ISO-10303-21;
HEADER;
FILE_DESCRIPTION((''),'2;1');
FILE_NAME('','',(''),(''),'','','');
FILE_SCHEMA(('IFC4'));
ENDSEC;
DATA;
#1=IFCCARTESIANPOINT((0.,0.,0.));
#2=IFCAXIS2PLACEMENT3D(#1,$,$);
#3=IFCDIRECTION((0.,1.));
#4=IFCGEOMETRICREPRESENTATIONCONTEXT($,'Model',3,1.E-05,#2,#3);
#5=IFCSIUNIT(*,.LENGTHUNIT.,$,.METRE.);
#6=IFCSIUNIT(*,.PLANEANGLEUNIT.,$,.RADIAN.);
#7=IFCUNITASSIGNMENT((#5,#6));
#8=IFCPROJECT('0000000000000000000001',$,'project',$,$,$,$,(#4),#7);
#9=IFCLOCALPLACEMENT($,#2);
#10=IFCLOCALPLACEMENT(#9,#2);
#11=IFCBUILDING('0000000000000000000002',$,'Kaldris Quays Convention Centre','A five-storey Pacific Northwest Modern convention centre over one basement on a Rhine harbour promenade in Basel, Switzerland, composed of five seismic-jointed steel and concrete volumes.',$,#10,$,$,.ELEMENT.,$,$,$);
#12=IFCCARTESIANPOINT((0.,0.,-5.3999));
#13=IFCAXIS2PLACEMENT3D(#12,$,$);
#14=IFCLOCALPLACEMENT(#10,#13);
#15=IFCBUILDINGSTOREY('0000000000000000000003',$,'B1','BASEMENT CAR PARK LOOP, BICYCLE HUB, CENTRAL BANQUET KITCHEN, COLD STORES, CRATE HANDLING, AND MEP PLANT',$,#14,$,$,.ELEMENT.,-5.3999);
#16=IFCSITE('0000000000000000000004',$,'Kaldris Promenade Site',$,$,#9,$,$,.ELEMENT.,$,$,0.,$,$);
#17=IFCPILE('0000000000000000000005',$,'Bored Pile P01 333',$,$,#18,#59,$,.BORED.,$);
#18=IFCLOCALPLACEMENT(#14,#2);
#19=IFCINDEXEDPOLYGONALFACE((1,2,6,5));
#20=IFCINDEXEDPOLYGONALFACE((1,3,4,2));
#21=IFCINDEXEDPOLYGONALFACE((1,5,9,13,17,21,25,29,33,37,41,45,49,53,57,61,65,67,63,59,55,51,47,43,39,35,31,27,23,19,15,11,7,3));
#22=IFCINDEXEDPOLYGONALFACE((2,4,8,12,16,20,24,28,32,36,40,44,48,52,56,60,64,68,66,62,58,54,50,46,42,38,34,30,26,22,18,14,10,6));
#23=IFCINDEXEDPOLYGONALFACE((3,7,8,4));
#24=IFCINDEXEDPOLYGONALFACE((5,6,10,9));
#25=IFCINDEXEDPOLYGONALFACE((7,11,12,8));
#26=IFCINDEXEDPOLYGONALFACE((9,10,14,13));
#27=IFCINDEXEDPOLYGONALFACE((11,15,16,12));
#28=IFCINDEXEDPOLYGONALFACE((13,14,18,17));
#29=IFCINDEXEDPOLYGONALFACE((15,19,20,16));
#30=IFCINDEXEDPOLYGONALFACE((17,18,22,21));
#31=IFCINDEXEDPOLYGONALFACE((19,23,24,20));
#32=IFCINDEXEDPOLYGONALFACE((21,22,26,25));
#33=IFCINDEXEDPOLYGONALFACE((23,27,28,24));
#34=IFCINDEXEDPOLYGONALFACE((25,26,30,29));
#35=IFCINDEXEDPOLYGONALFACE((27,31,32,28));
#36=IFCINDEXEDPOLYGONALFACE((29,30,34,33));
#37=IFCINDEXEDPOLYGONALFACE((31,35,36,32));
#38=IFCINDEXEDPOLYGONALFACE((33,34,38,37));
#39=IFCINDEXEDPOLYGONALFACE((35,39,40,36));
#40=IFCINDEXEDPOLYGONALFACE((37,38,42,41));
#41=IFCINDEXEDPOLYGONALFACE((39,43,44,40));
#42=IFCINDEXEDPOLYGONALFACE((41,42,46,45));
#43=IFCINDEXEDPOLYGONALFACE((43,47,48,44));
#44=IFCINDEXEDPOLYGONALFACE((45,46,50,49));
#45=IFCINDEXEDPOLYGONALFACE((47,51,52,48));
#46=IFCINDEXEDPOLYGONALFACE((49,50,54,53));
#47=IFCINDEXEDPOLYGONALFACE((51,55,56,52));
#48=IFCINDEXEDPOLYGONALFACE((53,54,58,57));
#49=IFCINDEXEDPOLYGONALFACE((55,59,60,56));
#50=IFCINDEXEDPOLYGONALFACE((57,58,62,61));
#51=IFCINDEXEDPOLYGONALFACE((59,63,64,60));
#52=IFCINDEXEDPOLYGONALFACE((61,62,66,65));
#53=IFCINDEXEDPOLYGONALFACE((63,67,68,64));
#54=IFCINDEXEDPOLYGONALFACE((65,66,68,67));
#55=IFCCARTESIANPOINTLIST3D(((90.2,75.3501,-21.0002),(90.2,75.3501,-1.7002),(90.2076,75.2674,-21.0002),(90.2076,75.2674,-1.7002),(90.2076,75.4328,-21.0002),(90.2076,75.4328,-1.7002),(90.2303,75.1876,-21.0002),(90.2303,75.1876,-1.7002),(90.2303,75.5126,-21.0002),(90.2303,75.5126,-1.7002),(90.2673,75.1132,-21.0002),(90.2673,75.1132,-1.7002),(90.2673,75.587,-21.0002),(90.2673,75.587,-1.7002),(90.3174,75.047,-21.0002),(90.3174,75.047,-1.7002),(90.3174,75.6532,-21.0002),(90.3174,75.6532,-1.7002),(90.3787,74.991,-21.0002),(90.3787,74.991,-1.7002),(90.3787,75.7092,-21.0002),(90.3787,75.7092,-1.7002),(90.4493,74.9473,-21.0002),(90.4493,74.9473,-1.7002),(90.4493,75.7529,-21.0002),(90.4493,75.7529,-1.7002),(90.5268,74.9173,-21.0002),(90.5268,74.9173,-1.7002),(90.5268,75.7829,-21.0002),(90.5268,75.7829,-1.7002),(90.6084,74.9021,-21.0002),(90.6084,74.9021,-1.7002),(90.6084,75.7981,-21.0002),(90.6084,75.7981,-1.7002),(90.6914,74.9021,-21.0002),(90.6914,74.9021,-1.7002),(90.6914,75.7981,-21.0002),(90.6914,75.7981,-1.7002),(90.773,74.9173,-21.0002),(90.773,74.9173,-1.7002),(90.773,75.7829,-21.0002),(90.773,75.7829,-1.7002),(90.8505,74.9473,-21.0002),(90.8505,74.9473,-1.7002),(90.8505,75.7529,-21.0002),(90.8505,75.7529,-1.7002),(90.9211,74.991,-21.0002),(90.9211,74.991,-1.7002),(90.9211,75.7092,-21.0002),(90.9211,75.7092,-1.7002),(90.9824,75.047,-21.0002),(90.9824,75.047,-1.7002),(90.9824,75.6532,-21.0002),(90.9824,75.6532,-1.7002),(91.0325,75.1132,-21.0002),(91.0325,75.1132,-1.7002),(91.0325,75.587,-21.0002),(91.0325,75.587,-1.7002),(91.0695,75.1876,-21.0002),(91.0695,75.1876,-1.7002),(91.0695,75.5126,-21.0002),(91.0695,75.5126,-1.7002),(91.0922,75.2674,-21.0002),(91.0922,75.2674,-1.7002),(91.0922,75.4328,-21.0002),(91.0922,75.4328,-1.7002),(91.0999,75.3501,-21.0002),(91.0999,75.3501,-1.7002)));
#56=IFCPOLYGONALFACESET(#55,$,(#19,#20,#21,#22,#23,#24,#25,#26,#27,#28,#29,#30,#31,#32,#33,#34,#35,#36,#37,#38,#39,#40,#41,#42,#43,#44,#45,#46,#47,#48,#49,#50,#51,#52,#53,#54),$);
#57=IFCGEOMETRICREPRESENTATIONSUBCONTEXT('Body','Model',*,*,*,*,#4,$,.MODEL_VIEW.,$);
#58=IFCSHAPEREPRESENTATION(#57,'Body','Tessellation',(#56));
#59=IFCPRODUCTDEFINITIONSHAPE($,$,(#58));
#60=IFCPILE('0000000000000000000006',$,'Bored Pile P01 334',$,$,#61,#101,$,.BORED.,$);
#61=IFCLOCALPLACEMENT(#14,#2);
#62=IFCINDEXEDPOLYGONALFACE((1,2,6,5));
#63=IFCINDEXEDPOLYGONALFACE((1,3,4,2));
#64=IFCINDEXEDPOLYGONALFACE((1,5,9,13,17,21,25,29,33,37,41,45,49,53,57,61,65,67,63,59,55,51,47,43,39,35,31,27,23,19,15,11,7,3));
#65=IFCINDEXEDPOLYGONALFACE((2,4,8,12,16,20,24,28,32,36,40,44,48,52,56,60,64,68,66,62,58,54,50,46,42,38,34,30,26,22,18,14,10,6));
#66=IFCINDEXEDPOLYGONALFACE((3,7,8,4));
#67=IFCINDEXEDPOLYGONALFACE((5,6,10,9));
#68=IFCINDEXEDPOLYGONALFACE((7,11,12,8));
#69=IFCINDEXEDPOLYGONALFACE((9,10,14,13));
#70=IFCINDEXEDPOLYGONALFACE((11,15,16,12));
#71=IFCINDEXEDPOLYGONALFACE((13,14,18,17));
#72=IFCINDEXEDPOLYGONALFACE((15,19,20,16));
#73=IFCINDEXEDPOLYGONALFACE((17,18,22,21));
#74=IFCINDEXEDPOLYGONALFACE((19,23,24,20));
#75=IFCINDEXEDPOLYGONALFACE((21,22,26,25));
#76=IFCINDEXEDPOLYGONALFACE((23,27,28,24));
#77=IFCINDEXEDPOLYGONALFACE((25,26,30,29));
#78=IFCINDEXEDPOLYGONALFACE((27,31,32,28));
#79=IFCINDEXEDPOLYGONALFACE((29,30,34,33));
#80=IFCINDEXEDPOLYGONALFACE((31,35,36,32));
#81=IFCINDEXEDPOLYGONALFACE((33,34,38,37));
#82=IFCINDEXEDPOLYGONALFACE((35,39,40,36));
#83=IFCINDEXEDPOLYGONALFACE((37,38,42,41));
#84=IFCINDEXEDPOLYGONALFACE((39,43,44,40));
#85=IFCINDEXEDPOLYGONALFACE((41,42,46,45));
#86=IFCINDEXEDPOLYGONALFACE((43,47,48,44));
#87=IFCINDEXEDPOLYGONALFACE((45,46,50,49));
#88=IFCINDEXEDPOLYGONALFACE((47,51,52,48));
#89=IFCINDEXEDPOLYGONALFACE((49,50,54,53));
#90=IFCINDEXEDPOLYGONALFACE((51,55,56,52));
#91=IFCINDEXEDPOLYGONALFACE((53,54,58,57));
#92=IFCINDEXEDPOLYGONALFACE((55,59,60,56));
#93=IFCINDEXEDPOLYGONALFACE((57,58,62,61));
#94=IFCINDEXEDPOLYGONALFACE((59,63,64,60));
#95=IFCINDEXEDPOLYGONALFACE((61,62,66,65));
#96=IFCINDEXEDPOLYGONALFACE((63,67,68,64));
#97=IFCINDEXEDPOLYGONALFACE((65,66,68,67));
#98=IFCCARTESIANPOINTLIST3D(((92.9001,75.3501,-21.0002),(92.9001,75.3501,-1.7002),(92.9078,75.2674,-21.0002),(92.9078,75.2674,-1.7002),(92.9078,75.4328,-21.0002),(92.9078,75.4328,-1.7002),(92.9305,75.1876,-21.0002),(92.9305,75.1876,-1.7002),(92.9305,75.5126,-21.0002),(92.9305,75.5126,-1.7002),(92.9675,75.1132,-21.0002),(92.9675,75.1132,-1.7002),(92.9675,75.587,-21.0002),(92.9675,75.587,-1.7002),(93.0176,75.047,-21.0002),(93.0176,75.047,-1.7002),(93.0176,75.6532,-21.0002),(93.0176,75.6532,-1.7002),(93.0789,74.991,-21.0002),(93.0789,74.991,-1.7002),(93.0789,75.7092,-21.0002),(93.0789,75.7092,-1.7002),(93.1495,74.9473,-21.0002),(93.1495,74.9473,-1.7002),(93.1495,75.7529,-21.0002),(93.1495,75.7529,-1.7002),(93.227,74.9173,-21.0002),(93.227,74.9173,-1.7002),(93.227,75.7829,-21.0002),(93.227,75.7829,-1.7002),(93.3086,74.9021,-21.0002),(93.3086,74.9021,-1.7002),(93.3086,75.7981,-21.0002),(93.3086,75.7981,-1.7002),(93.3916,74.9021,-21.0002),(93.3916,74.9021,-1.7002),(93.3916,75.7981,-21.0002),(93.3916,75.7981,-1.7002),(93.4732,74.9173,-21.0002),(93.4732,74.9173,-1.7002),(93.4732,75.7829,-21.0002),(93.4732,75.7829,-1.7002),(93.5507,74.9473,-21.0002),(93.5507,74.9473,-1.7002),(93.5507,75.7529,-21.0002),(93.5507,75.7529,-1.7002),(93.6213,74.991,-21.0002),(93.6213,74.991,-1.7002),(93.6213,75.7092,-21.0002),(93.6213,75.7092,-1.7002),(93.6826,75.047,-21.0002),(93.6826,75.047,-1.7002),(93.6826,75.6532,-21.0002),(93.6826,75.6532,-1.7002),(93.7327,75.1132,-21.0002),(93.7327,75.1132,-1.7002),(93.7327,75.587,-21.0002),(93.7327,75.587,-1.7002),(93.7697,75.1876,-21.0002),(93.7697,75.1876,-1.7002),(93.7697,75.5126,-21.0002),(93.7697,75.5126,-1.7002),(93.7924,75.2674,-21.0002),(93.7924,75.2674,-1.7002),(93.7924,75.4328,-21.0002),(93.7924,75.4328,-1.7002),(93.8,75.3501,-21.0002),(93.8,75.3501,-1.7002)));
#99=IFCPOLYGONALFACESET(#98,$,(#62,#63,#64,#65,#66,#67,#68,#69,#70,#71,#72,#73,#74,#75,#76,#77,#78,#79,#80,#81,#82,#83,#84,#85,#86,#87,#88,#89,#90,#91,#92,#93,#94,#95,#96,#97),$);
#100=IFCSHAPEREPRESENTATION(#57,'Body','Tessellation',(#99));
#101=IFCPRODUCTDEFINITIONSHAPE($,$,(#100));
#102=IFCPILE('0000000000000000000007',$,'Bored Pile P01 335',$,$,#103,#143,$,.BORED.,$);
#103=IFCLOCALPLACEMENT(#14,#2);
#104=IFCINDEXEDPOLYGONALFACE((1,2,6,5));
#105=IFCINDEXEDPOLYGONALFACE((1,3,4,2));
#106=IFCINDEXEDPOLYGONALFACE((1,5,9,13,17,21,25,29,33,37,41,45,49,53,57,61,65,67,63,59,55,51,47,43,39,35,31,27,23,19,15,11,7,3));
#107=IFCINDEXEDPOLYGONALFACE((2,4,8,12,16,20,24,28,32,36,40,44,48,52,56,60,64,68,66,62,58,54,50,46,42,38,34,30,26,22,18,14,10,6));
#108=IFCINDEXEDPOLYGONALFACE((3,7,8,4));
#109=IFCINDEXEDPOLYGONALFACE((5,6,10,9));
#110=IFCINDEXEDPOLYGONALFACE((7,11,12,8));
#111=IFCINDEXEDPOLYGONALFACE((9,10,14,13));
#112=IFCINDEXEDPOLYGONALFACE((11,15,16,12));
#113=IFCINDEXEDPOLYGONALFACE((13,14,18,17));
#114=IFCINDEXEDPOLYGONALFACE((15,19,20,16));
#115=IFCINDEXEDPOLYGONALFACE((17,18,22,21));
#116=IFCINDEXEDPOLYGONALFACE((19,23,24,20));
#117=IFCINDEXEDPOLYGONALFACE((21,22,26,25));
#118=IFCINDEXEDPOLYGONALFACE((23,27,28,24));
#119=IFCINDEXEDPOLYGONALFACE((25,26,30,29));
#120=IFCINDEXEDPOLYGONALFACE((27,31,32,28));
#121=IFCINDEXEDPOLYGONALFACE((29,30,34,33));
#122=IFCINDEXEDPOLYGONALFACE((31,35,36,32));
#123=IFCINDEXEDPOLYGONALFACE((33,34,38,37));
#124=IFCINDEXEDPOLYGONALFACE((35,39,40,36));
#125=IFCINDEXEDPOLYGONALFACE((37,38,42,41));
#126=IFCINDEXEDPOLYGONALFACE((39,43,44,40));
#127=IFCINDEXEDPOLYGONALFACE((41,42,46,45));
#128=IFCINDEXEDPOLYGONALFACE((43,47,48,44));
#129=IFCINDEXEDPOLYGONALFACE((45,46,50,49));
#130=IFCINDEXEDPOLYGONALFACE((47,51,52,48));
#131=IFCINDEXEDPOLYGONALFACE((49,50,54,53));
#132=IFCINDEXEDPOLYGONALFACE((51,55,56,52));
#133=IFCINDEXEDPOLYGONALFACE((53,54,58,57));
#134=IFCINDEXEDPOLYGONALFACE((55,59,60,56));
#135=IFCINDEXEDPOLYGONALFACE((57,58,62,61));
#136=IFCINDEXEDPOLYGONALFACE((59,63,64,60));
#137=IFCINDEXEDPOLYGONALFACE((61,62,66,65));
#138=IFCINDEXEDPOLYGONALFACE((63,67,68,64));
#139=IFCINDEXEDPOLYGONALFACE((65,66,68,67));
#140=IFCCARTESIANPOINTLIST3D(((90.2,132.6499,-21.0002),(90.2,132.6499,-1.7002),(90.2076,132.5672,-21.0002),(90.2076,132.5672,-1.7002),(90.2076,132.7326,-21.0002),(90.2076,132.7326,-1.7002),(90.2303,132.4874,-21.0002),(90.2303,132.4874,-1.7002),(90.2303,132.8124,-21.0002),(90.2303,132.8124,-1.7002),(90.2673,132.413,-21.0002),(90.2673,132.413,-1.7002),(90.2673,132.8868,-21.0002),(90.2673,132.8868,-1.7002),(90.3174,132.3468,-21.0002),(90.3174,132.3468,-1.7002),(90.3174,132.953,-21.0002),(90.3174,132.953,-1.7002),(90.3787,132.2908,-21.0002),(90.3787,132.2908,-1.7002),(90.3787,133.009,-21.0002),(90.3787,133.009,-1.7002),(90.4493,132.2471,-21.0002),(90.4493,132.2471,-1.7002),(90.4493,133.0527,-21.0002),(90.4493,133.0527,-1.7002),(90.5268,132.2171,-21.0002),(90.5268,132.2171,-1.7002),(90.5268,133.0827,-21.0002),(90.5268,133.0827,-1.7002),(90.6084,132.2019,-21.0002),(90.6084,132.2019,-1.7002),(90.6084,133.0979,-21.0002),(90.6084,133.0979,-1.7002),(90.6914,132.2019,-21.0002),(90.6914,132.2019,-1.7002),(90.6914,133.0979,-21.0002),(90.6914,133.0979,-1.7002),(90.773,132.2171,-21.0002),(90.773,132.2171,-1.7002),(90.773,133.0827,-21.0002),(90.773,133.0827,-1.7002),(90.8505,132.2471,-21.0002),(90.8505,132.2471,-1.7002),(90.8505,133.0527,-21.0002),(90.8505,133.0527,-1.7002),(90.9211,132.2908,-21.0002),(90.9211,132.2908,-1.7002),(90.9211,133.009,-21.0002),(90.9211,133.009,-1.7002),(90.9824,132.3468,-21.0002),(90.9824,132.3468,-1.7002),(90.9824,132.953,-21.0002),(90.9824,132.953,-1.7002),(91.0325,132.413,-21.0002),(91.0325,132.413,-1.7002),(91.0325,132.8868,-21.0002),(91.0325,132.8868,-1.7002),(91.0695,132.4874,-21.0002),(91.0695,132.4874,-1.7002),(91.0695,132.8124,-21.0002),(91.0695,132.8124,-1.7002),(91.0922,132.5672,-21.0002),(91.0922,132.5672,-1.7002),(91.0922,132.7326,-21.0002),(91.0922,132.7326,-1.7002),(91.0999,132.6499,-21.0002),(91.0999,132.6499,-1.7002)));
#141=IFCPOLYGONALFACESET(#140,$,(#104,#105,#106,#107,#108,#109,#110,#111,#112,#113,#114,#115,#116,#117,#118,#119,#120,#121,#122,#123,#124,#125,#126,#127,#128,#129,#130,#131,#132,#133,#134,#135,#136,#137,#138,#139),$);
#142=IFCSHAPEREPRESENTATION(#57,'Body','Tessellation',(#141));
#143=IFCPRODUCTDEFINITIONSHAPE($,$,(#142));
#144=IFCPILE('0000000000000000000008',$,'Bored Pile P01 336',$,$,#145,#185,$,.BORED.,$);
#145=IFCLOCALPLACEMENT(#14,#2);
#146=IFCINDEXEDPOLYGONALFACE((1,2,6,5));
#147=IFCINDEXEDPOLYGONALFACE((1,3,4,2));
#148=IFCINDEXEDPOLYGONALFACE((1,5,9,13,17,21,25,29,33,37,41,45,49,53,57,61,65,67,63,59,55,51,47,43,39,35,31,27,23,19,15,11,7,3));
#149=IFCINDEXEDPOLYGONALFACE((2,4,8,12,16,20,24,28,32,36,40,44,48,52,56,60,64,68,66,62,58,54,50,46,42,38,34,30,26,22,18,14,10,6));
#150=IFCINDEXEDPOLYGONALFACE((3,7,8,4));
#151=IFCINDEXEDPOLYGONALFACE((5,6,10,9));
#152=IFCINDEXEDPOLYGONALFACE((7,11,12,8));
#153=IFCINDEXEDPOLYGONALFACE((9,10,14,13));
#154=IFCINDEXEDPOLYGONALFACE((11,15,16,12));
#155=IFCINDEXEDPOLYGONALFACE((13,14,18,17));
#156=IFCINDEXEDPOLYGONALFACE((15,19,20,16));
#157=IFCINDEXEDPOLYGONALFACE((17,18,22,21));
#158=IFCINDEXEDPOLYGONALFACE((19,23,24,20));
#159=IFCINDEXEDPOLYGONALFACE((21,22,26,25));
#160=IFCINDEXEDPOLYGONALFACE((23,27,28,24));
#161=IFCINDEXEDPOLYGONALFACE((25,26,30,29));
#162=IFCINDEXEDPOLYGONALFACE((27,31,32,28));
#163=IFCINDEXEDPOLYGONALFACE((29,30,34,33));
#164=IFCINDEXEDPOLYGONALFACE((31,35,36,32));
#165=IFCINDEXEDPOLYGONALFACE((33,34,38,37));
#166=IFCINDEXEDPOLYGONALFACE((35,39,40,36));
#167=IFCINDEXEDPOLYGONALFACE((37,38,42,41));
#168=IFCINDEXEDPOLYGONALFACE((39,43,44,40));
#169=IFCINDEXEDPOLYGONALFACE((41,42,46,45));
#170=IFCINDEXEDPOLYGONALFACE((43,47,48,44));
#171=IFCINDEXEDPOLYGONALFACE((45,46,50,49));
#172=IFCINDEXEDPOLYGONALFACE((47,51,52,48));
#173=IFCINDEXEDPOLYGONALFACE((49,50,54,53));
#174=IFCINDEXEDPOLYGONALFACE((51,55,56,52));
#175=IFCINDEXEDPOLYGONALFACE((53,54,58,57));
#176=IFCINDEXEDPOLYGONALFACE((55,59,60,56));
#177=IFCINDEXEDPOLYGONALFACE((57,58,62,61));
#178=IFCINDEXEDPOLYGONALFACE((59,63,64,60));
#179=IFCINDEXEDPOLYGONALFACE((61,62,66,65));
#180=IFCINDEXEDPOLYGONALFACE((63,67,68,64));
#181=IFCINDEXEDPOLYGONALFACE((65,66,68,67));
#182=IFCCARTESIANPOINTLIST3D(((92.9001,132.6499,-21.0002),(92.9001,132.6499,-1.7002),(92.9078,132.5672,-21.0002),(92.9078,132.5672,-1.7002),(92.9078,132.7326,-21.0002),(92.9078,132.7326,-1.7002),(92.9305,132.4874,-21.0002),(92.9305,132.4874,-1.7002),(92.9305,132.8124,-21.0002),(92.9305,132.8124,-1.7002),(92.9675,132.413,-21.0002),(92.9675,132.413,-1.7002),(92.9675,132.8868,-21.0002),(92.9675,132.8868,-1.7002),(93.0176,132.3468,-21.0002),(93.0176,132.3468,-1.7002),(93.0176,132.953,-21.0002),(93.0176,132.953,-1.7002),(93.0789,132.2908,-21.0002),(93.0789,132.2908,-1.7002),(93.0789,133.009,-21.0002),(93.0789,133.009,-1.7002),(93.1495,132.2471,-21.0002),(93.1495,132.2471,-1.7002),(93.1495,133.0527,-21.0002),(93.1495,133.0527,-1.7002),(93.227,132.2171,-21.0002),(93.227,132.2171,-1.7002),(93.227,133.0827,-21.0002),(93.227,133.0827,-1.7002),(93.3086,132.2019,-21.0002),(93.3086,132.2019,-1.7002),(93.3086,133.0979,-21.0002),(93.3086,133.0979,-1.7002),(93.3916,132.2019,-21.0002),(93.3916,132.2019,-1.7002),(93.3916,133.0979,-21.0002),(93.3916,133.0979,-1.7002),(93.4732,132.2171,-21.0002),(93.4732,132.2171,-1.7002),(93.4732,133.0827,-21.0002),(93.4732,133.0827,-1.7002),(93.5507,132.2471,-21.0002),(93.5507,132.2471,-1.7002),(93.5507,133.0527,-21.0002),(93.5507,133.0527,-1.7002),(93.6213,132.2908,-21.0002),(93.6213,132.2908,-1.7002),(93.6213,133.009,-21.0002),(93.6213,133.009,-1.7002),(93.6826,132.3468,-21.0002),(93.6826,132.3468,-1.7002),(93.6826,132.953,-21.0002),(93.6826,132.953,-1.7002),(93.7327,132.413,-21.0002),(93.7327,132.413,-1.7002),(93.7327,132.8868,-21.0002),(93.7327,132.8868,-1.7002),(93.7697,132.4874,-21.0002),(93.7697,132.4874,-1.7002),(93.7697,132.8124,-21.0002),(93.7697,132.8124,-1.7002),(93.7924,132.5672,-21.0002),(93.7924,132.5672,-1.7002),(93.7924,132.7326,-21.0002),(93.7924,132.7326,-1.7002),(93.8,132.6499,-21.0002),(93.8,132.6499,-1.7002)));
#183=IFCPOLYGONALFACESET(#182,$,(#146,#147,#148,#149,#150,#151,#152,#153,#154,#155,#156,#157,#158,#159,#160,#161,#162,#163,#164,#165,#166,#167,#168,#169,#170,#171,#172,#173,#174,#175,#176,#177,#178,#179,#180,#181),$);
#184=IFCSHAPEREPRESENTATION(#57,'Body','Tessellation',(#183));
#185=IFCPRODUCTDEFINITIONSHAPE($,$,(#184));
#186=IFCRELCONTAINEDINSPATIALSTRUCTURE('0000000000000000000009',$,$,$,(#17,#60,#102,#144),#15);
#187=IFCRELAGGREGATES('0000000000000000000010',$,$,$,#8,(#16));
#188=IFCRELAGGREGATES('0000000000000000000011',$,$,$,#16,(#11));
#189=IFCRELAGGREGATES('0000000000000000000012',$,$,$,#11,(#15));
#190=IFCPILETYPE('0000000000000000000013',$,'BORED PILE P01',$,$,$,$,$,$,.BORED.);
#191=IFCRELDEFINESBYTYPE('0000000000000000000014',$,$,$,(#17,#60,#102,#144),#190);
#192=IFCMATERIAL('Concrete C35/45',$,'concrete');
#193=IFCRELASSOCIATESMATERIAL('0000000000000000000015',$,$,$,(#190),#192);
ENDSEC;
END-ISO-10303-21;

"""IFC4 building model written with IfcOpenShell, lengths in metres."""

from ifc_helpers import new_model, si_unit, direction, frame, origin, origin_2d, place, context, subcontext, project, spatial, circle, extrude, material, material_profile, profile_set, type_object, element, save


model = new_model("IFC4")

# Units and contexts
model_context = context("Model", 3, precision=1e-05, world=origin(), true_north=direction((0.0, 1.0)))
body_context = subcontext(model_context, "Body", "Model", "MODEL_VIEW")
ifc_project = project(units=[si_unit("LENGTHUNIT", "METRE"), si_unit("PLANEANGLEUNIT", "RADIAN")], contexts=[model_context])

# Site, building, storey
site_placement = place(None, origin())
site = spatial("IfcSite", under=ifc_project, at=site_placement, Name="Kaldris Promenade Site", CompositionType="ELEMENT", RefElevation=0.0)
building_placement = place(site_placement, origin())
building = spatial("IfcBuilding", under=site, at=building_placement, Name="Kaldris Quays Convention Centre", Description="A five-storey Pacific Northwest Modern convention centre over one basement on a Rhine harbour promenade in Basel, Switzerland, composed of five seismic-jointed steel and concrete volumes.", CompositionType="ELEMENT")
storey_placement = place(building_placement, frame((0.0, 0.0, -5.3999)))
storey = spatial("IfcBuildingStorey", under=building, at=storey_placement, Name="B1", Description="BASEMENT CAR PARK LOOP, BICYCLE HUB, CENTRAL BANQUET KITCHEN, COLD STORES, CRATE HANDLING, AND MEP PLANT", CompositionType="ELEMENT", Elevation=-5.3999)

# Piles
ifc_material_1 = material(Name="Concrete C35/45", Category="concrete")
ifc_material_profile_1 = material_profile(ifc_material_1, circle(Radius=0.45, at=origin_2d()), Name="BORED PILE D900")
ifc_profile_set_1 = profile_set([ifc_material_profile_1], Name="Concrete C35/45")
pile_type = type_object("IfcPileType", Name="BORED PILE P01", PredefinedType="BORED", material=ifc_profile_set_1)
for number, where, z_axis, x_axis, name in (
    (1, (90.6499, 75.3501, -1.7002), (0.0, 0.0, -1.0), (1.0, 0.0, 0.0), "Bored Pile P01 333"),
    (2, (93.3501, 75.3501, -1.7002), (0.0, 0.0, -1.0), (1.0, 0.0, 0.0), "Bored Pile P01 334"),
    (3, (90.6499, 132.6499, -1.7002), (0.0, 0.0, -1.0), (1.0, 0.0, 0.0), "Bored Pile P01 335"),
    (4, (93.3501, 132.6499, -1.7002), (0.0, 0.0, -1.0), (1.0, 0.0, 0.0), "Bored Pile P01 336"),
):
    element("IfcPile", number, at=place(storey_placement, frame(where, z_axis=z_axis, x_axis=x_axis)), inside=storey, type_object=pile_type, Name=name, PredefinedType="BORED", context=body_context, shape_type="SweptSolid", body=[
        extrude(circle(Radius=0.45, at=origin_2d()), origin(), (0.0, 0.0, 1.0), 19.3),
    ])

save(model, "model.ifc")
